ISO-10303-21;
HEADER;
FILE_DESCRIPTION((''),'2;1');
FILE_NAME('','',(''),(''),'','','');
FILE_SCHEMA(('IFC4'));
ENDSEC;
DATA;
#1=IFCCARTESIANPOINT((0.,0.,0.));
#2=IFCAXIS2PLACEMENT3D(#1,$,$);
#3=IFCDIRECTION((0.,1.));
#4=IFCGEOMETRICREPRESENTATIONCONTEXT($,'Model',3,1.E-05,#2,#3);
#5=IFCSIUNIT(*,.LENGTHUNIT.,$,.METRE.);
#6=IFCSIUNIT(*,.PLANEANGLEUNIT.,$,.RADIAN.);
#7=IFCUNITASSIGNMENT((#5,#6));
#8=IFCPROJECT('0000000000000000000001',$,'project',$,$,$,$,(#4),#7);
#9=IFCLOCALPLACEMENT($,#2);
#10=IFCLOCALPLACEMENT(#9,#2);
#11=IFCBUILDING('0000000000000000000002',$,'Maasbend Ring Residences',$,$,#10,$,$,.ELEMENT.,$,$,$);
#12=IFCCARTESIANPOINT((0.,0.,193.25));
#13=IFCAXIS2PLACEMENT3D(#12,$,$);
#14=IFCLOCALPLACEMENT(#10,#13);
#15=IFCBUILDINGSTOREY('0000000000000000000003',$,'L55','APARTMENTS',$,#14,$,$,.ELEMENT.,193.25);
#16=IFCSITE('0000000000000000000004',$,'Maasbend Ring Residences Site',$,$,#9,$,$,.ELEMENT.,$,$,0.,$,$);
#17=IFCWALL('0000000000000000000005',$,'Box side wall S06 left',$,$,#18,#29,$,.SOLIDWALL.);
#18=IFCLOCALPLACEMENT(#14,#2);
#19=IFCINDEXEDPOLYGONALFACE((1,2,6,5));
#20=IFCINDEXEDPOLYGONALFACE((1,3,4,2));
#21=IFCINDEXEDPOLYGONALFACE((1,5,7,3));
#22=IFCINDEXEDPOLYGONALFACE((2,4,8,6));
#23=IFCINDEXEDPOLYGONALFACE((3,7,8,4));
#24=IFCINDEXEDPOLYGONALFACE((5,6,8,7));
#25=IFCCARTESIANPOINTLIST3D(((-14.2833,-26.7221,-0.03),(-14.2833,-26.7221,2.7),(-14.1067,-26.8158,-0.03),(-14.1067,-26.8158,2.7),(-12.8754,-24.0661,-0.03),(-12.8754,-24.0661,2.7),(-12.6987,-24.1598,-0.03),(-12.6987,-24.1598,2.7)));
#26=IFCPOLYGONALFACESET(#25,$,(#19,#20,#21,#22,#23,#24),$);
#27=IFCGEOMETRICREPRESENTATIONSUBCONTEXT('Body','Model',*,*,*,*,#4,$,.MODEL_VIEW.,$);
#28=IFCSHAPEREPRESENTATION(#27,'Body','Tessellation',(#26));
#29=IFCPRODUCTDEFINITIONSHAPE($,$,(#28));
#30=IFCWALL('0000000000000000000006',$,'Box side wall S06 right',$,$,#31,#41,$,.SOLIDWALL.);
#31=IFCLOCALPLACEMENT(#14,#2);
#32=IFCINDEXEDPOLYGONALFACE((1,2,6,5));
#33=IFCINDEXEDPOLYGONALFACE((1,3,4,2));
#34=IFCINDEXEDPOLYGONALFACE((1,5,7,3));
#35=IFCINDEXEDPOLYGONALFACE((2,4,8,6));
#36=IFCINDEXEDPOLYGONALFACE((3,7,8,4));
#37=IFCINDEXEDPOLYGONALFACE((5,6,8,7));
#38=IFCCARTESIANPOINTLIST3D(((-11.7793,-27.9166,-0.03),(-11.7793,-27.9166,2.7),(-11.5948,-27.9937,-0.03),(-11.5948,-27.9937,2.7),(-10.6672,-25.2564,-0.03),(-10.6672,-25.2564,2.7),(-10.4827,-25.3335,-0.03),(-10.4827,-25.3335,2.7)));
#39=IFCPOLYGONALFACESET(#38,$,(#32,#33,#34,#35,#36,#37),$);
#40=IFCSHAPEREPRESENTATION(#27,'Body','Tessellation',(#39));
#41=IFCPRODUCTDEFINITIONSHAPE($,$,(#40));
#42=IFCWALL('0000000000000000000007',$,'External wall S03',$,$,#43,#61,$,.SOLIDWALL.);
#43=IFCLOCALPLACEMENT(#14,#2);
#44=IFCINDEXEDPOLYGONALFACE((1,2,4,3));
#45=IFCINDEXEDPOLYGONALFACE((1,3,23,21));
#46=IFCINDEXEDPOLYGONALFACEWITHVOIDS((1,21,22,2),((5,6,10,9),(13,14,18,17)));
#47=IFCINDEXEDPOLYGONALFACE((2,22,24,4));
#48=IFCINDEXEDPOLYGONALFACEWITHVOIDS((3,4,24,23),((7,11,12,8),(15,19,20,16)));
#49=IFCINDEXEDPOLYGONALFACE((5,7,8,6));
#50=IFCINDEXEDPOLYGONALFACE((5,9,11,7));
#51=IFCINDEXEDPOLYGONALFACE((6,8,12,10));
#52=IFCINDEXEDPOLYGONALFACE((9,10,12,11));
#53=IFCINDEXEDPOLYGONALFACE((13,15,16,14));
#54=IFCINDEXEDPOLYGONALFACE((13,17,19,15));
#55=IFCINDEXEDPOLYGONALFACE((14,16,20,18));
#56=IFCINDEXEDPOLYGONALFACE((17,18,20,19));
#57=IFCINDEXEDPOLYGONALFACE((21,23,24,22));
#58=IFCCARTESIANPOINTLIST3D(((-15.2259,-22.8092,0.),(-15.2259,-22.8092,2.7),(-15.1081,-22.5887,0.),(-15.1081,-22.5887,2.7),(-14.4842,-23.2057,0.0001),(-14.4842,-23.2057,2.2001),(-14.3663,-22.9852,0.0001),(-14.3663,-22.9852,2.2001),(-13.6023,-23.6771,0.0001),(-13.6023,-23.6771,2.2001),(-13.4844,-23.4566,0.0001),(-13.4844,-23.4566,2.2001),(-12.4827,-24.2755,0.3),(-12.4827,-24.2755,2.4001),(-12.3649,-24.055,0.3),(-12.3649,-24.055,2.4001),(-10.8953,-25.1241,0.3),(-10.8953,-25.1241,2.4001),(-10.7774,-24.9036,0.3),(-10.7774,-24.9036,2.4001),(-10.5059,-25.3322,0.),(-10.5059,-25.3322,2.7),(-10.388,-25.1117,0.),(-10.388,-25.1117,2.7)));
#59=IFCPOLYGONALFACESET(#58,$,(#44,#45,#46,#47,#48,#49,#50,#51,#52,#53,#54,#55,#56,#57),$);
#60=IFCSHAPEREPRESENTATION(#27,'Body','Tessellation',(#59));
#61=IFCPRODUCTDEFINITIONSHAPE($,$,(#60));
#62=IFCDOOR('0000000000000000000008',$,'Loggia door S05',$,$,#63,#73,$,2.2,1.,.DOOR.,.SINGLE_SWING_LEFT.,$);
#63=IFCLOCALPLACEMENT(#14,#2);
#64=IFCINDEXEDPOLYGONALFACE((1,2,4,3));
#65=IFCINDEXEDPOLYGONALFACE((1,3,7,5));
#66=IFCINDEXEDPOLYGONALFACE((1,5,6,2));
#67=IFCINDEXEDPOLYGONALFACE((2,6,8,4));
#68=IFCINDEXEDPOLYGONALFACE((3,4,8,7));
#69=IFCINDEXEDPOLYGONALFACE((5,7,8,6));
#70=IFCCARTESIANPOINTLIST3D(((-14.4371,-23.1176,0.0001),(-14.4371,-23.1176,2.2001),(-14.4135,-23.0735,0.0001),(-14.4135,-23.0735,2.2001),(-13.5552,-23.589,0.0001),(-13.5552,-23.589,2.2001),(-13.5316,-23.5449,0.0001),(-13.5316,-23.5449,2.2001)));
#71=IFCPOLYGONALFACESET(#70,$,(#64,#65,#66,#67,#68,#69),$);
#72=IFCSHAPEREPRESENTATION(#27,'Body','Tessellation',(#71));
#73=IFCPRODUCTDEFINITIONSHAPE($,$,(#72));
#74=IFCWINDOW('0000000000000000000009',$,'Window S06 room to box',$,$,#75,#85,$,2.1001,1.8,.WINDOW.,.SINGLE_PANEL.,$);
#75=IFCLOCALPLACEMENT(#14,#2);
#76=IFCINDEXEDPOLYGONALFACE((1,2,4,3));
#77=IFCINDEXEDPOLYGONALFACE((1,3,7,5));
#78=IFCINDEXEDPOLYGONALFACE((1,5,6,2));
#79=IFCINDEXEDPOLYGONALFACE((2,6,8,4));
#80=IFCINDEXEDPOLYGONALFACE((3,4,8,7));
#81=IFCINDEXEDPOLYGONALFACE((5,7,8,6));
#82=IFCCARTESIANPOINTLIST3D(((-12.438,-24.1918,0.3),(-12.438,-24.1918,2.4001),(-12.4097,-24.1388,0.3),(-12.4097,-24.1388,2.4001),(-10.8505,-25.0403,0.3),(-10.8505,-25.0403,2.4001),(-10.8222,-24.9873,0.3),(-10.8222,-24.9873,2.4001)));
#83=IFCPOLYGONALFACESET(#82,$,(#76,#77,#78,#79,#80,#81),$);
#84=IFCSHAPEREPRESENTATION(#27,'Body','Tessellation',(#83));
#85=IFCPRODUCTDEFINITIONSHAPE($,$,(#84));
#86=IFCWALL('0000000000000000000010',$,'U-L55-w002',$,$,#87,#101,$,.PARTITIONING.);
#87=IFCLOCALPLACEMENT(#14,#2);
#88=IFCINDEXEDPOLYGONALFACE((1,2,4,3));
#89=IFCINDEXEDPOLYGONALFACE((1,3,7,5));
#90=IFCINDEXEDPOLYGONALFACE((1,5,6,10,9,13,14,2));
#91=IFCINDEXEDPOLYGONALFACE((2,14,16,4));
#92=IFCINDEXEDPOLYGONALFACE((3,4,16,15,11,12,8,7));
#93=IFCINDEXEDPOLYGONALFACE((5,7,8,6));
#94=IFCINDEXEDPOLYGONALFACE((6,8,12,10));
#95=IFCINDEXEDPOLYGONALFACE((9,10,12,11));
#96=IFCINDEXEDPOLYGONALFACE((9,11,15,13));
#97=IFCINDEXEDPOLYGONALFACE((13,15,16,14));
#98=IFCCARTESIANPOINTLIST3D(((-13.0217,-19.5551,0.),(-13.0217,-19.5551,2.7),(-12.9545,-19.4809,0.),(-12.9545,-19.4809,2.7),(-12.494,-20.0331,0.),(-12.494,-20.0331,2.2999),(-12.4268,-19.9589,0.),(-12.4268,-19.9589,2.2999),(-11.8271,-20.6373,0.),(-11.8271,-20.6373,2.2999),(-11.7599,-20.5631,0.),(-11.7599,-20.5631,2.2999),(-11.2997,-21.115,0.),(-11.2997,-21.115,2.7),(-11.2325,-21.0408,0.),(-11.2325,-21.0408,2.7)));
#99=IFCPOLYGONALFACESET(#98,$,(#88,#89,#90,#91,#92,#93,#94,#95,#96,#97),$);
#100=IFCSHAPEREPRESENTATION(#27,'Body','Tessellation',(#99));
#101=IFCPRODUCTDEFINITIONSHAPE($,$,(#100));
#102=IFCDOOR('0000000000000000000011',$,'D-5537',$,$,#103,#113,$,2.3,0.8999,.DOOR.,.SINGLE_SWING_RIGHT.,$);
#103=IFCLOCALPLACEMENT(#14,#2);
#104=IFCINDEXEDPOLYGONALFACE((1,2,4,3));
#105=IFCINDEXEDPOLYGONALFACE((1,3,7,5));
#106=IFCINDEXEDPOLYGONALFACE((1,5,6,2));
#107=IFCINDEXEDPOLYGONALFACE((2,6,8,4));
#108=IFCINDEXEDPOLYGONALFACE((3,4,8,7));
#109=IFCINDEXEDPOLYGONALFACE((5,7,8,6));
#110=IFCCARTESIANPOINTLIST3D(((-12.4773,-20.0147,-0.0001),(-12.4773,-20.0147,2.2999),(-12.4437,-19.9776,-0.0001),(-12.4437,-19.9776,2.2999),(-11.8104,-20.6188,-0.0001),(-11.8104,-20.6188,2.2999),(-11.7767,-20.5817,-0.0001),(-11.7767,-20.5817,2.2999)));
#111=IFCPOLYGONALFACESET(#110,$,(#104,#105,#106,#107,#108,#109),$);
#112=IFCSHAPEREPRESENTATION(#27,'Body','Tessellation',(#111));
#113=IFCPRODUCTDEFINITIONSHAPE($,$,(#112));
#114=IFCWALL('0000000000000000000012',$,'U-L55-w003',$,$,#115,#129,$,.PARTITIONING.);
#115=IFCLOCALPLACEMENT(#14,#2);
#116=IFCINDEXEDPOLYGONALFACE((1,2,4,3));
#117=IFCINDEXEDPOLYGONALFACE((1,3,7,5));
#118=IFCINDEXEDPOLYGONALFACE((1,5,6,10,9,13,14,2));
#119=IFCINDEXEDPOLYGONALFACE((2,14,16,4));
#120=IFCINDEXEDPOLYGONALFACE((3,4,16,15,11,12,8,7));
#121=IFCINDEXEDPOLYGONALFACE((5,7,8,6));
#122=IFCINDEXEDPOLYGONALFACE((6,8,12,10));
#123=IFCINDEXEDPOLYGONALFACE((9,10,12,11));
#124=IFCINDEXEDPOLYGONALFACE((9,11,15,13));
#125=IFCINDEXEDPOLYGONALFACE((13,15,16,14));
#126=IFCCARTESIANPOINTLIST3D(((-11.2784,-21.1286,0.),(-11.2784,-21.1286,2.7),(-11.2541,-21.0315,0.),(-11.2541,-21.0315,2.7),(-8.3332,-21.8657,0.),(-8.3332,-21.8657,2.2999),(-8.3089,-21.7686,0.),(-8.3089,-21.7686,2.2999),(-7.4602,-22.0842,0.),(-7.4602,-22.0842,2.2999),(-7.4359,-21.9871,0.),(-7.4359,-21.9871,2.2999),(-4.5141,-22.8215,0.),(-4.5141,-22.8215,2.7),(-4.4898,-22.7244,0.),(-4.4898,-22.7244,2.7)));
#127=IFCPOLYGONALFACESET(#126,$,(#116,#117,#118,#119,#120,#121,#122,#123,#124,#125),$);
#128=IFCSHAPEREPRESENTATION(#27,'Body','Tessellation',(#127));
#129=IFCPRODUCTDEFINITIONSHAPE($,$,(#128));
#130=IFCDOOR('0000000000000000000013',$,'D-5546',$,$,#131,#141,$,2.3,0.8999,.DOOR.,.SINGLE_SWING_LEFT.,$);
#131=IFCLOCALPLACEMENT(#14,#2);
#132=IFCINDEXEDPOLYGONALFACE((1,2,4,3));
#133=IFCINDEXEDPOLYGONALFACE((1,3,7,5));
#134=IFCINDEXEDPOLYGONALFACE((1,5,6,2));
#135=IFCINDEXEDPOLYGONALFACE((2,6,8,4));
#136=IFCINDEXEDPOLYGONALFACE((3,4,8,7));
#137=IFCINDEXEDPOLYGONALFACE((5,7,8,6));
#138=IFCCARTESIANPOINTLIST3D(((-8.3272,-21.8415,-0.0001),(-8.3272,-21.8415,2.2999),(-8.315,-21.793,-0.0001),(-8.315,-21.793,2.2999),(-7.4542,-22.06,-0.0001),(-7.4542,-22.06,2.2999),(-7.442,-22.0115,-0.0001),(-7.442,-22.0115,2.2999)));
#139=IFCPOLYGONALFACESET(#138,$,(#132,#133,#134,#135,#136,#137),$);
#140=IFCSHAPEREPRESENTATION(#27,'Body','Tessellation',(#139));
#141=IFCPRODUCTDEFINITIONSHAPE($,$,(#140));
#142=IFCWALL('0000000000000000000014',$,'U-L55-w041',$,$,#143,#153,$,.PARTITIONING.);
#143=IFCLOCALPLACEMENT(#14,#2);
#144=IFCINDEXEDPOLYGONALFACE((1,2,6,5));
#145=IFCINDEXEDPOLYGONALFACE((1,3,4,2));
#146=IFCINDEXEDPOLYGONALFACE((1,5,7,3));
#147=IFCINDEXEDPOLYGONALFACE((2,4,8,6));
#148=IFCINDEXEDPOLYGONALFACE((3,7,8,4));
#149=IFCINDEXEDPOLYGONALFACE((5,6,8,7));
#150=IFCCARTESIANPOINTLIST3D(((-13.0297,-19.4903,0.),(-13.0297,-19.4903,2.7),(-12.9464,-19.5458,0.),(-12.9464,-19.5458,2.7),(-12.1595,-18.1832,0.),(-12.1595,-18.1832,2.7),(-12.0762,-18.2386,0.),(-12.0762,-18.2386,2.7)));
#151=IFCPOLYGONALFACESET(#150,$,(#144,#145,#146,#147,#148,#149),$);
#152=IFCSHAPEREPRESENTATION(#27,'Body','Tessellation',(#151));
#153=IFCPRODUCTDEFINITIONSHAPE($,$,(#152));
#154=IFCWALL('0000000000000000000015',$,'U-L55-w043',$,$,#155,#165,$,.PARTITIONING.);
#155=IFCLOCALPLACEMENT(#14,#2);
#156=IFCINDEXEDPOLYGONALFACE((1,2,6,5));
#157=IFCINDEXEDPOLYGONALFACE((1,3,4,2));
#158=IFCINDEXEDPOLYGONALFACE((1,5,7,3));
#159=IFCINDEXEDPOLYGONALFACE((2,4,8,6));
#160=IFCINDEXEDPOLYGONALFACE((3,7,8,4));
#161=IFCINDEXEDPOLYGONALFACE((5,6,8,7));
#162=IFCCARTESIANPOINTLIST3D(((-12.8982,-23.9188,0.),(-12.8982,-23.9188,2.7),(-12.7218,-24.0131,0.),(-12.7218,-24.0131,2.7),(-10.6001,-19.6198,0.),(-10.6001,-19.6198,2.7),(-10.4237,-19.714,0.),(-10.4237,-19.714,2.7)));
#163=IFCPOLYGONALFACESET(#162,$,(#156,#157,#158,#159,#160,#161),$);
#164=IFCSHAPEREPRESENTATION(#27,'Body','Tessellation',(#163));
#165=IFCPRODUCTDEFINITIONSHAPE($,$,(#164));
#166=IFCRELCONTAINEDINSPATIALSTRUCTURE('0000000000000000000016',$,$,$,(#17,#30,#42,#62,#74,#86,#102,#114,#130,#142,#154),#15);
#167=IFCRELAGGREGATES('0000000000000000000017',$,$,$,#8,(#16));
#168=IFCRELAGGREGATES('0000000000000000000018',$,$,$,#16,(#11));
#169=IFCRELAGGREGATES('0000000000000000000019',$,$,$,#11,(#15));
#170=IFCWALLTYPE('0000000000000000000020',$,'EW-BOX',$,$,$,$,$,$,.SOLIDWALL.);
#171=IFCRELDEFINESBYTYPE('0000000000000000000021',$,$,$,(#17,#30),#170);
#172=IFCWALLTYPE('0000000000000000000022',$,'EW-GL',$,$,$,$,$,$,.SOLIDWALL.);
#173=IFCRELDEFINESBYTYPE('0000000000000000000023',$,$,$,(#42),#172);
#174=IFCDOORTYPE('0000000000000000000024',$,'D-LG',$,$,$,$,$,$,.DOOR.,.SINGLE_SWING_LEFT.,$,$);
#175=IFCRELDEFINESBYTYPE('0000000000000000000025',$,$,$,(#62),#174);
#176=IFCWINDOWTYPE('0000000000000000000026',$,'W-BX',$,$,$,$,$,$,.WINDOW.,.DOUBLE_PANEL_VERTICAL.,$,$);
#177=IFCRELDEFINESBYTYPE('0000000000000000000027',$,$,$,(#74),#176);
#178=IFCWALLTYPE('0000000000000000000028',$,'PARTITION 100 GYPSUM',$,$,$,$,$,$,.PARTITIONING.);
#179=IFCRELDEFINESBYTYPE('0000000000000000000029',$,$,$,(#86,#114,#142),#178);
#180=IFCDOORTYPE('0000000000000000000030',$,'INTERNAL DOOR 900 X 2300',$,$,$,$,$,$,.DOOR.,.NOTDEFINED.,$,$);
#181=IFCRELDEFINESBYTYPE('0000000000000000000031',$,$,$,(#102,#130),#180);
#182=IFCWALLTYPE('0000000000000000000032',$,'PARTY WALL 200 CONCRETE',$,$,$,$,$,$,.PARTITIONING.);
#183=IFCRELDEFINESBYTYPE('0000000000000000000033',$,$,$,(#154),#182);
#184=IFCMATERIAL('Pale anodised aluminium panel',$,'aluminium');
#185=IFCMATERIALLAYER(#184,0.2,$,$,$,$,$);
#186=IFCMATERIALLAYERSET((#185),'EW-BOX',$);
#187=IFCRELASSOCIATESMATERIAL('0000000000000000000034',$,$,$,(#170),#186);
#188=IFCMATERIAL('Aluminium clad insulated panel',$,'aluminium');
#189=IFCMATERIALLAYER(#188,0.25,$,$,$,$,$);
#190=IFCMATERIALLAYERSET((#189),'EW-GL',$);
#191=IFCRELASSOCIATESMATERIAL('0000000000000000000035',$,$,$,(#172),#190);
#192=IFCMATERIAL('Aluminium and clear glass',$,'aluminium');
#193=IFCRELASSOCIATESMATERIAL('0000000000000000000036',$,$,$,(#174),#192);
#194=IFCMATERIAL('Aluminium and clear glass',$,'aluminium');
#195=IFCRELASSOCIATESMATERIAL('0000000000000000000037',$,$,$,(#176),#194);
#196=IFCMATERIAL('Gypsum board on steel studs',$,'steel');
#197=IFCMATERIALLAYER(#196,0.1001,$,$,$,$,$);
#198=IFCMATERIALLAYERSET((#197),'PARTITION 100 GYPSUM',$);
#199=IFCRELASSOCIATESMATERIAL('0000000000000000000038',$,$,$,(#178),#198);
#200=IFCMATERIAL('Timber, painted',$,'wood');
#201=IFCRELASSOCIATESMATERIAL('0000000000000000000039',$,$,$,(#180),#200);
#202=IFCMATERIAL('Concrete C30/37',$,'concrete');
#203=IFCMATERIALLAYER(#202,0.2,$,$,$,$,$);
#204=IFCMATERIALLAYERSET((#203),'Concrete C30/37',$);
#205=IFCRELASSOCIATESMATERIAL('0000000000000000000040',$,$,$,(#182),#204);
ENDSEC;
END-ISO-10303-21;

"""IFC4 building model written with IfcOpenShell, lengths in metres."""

from ifc_helpers import new_model, si_unit, direction, frame, frame_2d, origin, place, context, subcontext, project, spatial, rectangle, extrude, material, layer, layer_set, type_object, element, fill, save


model = new_model("IFC4")

# Units and contexts
model_context = context("Model", 3, precision=1e-05, world=origin(), true_north=direction((0.0, 1.0)))
body_context = subcontext(model_context, "Body", "Model", "MODEL_VIEW")
ifc_project = project(units=[si_unit("LENGTHUNIT", "METRE"), si_unit("PLANEANGLEUNIT", "RADIAN")], contexts=[model_context])

# Site, building, storey
site_placement = place(None, origin())
site = spatial("IfcSite", under=ifc_project, at=site_placement, Name="Maasbend Ring Residences Site", CompositionType="ELEMENT", RefElevation=0.0)
building_placement = place(site_placement, origin())
building = spatial("IfcBuilding", under=site, at=building_placement, Name="Maasbend Ring Residences", CompositionType="ELEMENT")
storey_placement = place(building_placement, frame((0.0, 0.0, 193.25)))
storey = spatial("IfcBuildingStorey", under=building, at=storey_placement, Name="L55", Description="APARTMENTS", CompositionType="ELEMENT", Elevation=193.25)

# Shared definitions
ifc_material_1 = material(Name="Pale anodised aluminium panel", Category="aluminium")
ifc_layer_1 = layer(ifc_material_1, 0.2)
ifc_layer_set_1 = layer_set([ifc_layer_1], Name="EW-BOX")
wall_type_1 = type_object("IfcWallType", Name="EW-BOX", PredefinedType="SOLIDWALL", material=ifc_layer_set_1)

# Walls
wall_1_placement = place(storey_placement, frame((-12.7871, -24.113, -0.03), z_axis=(0.0, 0.0, 1.0), x_axis=(-0.468365, -0.883535, 0.0)))
element("IfcWall", 1, at=wall_1_placement, inside=storey, type_object=wall_type_1, Name="Box side wall S06 left", PredefinedType="SOLIDWALL", context=body_context, shape_type="SweptSolid", body=[
    extrude(rectangle(XDim=3.0061, YDim=0.2, at=frame_2d((1.5029, 0.0))), origin(), (0.0, 0.0, 1.0), 2.73),
])
wall_2_placement = place(storey_placement, frame((-10.575, -25.2949, -0.03), z_axis=(0.0, 0.0, 1.0), x_axis=(-0.385697, -0.922625, 0.0)))
element("IfcWall", 2, at=wall_2_placement, inside=storey, type_object=wall_type_1, Name="Box side wall S06 right", PredefinedType="SOLIDWALL", context=body_context, shape_type="SweptSolid", body=[
    extrude(rectangle(XDim=2.8833, YDim=0.2, at=frame_2d((1.4417, 0.0))), origin(), (0.0, 0.0, 1.0), 2.73),
])

# Wall, openings, door, window
ifc_material_2 = material(Name="Aluminium clad insulated panel", Category="aluminium")
ifc_layer_2 = layer(ifc_material_2, 0.25)
ifc_layer_set_2 = layer_set([ifc_layer_2], Name="EW-GL")
wall_type_2 = type_object("IfcWallType", Name="EW-GL", PredefinedType="SOLIDWALL", material=ifc_layer_set_2)
wall_3_placement = place(storey_placement, frame((-15.167, -22.699, 0.0), z_axis=(0.0, 0.0, 1.0), x_axis=(0.881916, -0.471407, 0.0)))
wall_3 = element("IfcWall", 3, at=wall_3_placement, inside=storey, type_object=wall_type_2, Name="External wall S03", PredefinedType="SOLIDWALL", context=body_context, shape_type="SweptSolid", body=[
    extrude(rectangle(XDim=5.3521, YDim=0.25, at=frame_2d((2.676, 0.0))), origin(), (0.0, 0.0, 1.0), 2.7),
])
opening_1_placement = place(wall_3_placement, frame((0.8411, 0.0, 0.0)))
opening_1 = element("IfcOpeningElement", 4, at=opening_1_placement, cuts=wall_3, PredefinedType="OPENING", context=body_context, shape_type="SweptSolid", body=[
    extrude(rectangle(XDim=1.0, YDim=2.2, at=frame_2d((0.5, 1.1001))), frame((0.0, 0.135, 0.0), z_axis=(0.0, -1.0, 0.0), x_axis=(1.0, 0.0, 0.0)), (0.0, 0.0, 1.0), 0.27),
])
opening_2_placement = place(wall_3_placement, frame((3.1106, 0.0, 0.3)))
opening_2 = element("IfcOpeningElement", 5, at=opening_2_placement, cuts=wall_3, PredefinedType="OPENING", context=body_context, shape_type="SweptSolid", body=[
    extrude(rectangle(XDim=1.8, YDim=2.1001, at=frame_2d((0.8999, 1.05))), frame((0.0, 0.135, 0.0), z_axis=(0.0, -1.0, 0.0), x_axis=(1.0, 0.0, 0.0)), (0.0, 0.0, 1.0), 0.27),
])
ifc_material_3 = material(Name="Aluminium and clear glass", Category="aluminium")
door_type_1 = type_object("IfcDoorType", Name="D-LG", OperationType="SINGLE_SWING_LEFT", PredefinedType="DOOR", material=ifc_material_3)
door_1_placement = place(opening_1_placement, origin())
door_1 = element("IfcDoor", 6, at=door_1_placement, inside=storey, type_object=door_type_1, Name="Loggia door S05", OperationType="SINGLE_SWING_LEFT", OverallHeight=2.2, OverallWidth=1.0, PredefinedType="DOOR", context=body_context, shape_type="SweptSolid", body=[
    extrude(rectangle(XDim=1.0, YDim=2.2, at=frame_2d((0.5, 1.1001))), frame((0.0, 0.0249, 0.0), z_axis=(0.0, -1.0, 0.0), x_axis=(1.0, 0.0, 0.0)), (0.0, 0.0, 1.0), 0.05),
])
fill(opening_1, door_1)
ifc_material_4 = material(Name="Aluminium and clear glass", Category="aluminium")
window_type_1 = type_object("IfcWindowType", Name="W-BX", PartitioningType="DOUBLE_PANEL_VERTICAL", PredefinedType="WINDOW", material=ifc_material_4)
window_1_placement = place(opening_2_placement, origin())
window_1 = element("IfcWindow", 7, at=window_1_placement, inside=storey, type_object=window_type_1, Name="Window S06 room to box", OverallHeight=2.1001, OverallWidth=1.8, PartitioningType="SINGLE_PANEL", PredefinedType="WINDOW", context=body_context, shape_type="SweptSolid", body=[
    extrude(rectangle(XDim=1.8, YDim=2.1001, at=frame_2d((0.8999, 1.05))), frame((0.0, 0.03, 0.0), z_axis=(0.0, -1.0, 0.0), x_axis=(1.0, 0.0, 0.0)), (0.0, 0.0, 1.0), 0.0601),
])
fill(opening_2, window_1)

# Walls, openings, doors
ifc_material_5 = material(Name="Gypsum board on steel studs", Category="steel")
ifc_layer_3 = layer(ifc_material_5, 0.1001)
ifc_layer_set_3 = layer_set([ifc_layer_3], Name="PARTITION 100 GYPSUM")
wall_type_3 = type_object("IfcWallType", Name="PARTITION 100 GYPSUM", PredefinedType="PARTITIONING", material=ifc_layer_set_3)
wall_4_placement = place(storey_placement, frame((-12.988, -19.5181, 0.0), z_axis=(0.0, 0.0, 1.0), x_axis=(0.741132, -0.671359, 0.0)))
wall_4 = element("IfcWall", 8, at=wall_4_placement, inside=storey, type_object=wall_type_3, Name="U-L55-w002", PredefinedType="PARTITIONING", context=body_context, shape_type="SweptSolid", body=[
    extrude(rectangle(XDim=2.3235, YDim=0.1001, at=frame_2d((1.1616, 0.0))), origin(), (0.0, 0.0, 1.0), 2.7),
])
opening_3_placement = place(wall_4_placement, frame((0.7119, 0.0, 0.0)))
opening_3 = element("IfcOpeningElement", 9, at=opening_3_placement, cuts=wall_4, PredefinedType="OPENING", context=body_context, shape_type="SweptSolid", body=[
    extrude(rectangle(XDim=0.8999, YDim=2.3, at=frame_2d((0.45, 1.1499))), frame((0.0, 0.0601, 0.0), z_axis=(0.0, -1.0, 0.0), x_axis=(1.0, 0.0, 0.0)), (0.0, 0.0, 1.0), 0.1201),
])
ifc_material_6 = material(Name="Timber, painted", Category="wood")
door_type_2 = type_object("IfcDoorType", Name="INTERNAL DOOR 900 X 2300", OperationType="NOTDEFINED", PredefinedType="DOOR", material=ifc_material_6)
door_2_placement = place(opening_3_placement, origin())
door_2 = element("IfcDoor", 10, at=door_2_placement, inside=storey, type_object=door_type_2, Name="D-5537", OperationType="SINGLE_SWING_RIGHT", OverallHeight=2.3, OverallWidth=0.8999, PredefinedType="DOOR", context=body_context, shape_type="SweptSolid", body=[
    extrude(rectangle(XDim=0.8999, YDim=2.3, at=frame_2d((0.45, 1.1499))), frame((0.0, 0.0249, 0.0), z_axis=(0.0, -1.0, 0.0), x_axis=(1.0, 0.0, 0.0)), (0.0, 0.0, 1.0), 0.05),
])
fill(opening_3, door_2)
wall_5_placement = place(storey_placement, frame((-11.2661, -21.0801, 0.0), z_axis=(0.0, 0.0, 1.0), x_axis=(0.970081, -0.242783, 0.0)))
wall_5 = element("IfcWall", 11, at=wall_5_placement, inside=storey, type_object=wall_type_3, Name="U-L55-w003", PredefinedType="PARTITIONING", context=body_context, shape_type="SweptSolid", body=[
    extrude(rectangle(XDim=6.9729, YDim=0.1001, at=frame_2d((3.4863, 0.0))), origin(), (0.0, 0.0, 1.0), 2.7),
])
opening_4_placement = place(wall_5_placement, frame((3.0359, 0.0, 0.0)))
opening_4 = element("IfcOpeningElement", 12, at=opening_4_placement, cuts=wall_5, PredefinedType="OPENING", context=body_context, shape_type="SweptSolid", body=[
    extrude(rectangle(XDim=0.8999, YDim=2.3, at=frame_2d((0.45, 1.1499))), frame((0.0, 0.0601, 0.0), z_axis=(0.0, -1.0, 0.0), x_axis=(1.0, 0.0, 0.0)), (0.0, 0.0, 1.0), 0.1201),
])
door_3_placement = place(opening_4_placement, origin())
door_3 = element("IfcDoor", 13, at=door_3_placement, inside=storey, type_object=door_type_2, Name="D-5546", OperationType="SINGLE_SWING_LEFT", OverallHeight=2.3, OverallWidth=0.8999, PredefinedType="DOOR", context=body_context, shape_type="SweptSolid", body=[
    extrude(rectangle(XDim=0.8999, YDim=2.3, at=frame_2d((0.45, 1.1499))), frame((0.0, 0.0249, 0.0), z_axis=(0.0, -1.0, 0.0), x_axis=(1.0, 0.0, 0.0)), (0.0, 0.0, 1.0), 0.05),
])
fill(opening_4, door_3)

# Walls
wall_6_placement = place(storey_placement, frame((-12.988, -19.5181, 0.0), z_axis=(0.0, 0.0, 1.0), x_axis=(0.554126, 0.832433, 0.0)))
element("IfcWall", 14, at=wall_6_placement, inside=storey, type_object=wall_type_3, Name="U-L55-w041", PredefinedType="PARTITIONING", context=body_context, shape_type="SweptSolid", body=[
    extrude(rectangle(XDim=1.5703, YDim=0.1001, at=frame_2d((0.7852, 0.0))), origin(), (0.0, 0.0, 1.0), 2.7),
])
ifc_material_7 = material(Name="Concrete C30/37", Category="concrete")
ifc_layer_4 = layer(ifc_material_7, 0.2)
ifc_layer_set_4 = layer_set([ifc_layer_4], Name="Concrete C30/37")
wall_type_4 = type_object("IfcWallType", Name="PARTY WALL 200 CONCRETE", PredefinedType="PARTITIONING", material=ifc_layer_set_4)
wall_7_placement = place(storey_placement, frame((-12.8101, -23.9661, 0.0), z_axis=(0.0, 0.0, 1.0), x_axis=(0.471428, 0.881905, 0.0)))
element("IfcWall", 15, at=wall_7_placement, inside=storey, type_object=wall_type_4, Name="U-L55-w043", PredefinedType="PARTITIONING", context=body_context, shape_type="SweptSolid", body=[
    extrude(rectangle(XDim=4.8748, YDim=0.2, at=frame_2d((2.4375, 0.0))), origin(), (0.0, 0.0, 1.0), 2.7),
])

save(model, "model.ifc")
